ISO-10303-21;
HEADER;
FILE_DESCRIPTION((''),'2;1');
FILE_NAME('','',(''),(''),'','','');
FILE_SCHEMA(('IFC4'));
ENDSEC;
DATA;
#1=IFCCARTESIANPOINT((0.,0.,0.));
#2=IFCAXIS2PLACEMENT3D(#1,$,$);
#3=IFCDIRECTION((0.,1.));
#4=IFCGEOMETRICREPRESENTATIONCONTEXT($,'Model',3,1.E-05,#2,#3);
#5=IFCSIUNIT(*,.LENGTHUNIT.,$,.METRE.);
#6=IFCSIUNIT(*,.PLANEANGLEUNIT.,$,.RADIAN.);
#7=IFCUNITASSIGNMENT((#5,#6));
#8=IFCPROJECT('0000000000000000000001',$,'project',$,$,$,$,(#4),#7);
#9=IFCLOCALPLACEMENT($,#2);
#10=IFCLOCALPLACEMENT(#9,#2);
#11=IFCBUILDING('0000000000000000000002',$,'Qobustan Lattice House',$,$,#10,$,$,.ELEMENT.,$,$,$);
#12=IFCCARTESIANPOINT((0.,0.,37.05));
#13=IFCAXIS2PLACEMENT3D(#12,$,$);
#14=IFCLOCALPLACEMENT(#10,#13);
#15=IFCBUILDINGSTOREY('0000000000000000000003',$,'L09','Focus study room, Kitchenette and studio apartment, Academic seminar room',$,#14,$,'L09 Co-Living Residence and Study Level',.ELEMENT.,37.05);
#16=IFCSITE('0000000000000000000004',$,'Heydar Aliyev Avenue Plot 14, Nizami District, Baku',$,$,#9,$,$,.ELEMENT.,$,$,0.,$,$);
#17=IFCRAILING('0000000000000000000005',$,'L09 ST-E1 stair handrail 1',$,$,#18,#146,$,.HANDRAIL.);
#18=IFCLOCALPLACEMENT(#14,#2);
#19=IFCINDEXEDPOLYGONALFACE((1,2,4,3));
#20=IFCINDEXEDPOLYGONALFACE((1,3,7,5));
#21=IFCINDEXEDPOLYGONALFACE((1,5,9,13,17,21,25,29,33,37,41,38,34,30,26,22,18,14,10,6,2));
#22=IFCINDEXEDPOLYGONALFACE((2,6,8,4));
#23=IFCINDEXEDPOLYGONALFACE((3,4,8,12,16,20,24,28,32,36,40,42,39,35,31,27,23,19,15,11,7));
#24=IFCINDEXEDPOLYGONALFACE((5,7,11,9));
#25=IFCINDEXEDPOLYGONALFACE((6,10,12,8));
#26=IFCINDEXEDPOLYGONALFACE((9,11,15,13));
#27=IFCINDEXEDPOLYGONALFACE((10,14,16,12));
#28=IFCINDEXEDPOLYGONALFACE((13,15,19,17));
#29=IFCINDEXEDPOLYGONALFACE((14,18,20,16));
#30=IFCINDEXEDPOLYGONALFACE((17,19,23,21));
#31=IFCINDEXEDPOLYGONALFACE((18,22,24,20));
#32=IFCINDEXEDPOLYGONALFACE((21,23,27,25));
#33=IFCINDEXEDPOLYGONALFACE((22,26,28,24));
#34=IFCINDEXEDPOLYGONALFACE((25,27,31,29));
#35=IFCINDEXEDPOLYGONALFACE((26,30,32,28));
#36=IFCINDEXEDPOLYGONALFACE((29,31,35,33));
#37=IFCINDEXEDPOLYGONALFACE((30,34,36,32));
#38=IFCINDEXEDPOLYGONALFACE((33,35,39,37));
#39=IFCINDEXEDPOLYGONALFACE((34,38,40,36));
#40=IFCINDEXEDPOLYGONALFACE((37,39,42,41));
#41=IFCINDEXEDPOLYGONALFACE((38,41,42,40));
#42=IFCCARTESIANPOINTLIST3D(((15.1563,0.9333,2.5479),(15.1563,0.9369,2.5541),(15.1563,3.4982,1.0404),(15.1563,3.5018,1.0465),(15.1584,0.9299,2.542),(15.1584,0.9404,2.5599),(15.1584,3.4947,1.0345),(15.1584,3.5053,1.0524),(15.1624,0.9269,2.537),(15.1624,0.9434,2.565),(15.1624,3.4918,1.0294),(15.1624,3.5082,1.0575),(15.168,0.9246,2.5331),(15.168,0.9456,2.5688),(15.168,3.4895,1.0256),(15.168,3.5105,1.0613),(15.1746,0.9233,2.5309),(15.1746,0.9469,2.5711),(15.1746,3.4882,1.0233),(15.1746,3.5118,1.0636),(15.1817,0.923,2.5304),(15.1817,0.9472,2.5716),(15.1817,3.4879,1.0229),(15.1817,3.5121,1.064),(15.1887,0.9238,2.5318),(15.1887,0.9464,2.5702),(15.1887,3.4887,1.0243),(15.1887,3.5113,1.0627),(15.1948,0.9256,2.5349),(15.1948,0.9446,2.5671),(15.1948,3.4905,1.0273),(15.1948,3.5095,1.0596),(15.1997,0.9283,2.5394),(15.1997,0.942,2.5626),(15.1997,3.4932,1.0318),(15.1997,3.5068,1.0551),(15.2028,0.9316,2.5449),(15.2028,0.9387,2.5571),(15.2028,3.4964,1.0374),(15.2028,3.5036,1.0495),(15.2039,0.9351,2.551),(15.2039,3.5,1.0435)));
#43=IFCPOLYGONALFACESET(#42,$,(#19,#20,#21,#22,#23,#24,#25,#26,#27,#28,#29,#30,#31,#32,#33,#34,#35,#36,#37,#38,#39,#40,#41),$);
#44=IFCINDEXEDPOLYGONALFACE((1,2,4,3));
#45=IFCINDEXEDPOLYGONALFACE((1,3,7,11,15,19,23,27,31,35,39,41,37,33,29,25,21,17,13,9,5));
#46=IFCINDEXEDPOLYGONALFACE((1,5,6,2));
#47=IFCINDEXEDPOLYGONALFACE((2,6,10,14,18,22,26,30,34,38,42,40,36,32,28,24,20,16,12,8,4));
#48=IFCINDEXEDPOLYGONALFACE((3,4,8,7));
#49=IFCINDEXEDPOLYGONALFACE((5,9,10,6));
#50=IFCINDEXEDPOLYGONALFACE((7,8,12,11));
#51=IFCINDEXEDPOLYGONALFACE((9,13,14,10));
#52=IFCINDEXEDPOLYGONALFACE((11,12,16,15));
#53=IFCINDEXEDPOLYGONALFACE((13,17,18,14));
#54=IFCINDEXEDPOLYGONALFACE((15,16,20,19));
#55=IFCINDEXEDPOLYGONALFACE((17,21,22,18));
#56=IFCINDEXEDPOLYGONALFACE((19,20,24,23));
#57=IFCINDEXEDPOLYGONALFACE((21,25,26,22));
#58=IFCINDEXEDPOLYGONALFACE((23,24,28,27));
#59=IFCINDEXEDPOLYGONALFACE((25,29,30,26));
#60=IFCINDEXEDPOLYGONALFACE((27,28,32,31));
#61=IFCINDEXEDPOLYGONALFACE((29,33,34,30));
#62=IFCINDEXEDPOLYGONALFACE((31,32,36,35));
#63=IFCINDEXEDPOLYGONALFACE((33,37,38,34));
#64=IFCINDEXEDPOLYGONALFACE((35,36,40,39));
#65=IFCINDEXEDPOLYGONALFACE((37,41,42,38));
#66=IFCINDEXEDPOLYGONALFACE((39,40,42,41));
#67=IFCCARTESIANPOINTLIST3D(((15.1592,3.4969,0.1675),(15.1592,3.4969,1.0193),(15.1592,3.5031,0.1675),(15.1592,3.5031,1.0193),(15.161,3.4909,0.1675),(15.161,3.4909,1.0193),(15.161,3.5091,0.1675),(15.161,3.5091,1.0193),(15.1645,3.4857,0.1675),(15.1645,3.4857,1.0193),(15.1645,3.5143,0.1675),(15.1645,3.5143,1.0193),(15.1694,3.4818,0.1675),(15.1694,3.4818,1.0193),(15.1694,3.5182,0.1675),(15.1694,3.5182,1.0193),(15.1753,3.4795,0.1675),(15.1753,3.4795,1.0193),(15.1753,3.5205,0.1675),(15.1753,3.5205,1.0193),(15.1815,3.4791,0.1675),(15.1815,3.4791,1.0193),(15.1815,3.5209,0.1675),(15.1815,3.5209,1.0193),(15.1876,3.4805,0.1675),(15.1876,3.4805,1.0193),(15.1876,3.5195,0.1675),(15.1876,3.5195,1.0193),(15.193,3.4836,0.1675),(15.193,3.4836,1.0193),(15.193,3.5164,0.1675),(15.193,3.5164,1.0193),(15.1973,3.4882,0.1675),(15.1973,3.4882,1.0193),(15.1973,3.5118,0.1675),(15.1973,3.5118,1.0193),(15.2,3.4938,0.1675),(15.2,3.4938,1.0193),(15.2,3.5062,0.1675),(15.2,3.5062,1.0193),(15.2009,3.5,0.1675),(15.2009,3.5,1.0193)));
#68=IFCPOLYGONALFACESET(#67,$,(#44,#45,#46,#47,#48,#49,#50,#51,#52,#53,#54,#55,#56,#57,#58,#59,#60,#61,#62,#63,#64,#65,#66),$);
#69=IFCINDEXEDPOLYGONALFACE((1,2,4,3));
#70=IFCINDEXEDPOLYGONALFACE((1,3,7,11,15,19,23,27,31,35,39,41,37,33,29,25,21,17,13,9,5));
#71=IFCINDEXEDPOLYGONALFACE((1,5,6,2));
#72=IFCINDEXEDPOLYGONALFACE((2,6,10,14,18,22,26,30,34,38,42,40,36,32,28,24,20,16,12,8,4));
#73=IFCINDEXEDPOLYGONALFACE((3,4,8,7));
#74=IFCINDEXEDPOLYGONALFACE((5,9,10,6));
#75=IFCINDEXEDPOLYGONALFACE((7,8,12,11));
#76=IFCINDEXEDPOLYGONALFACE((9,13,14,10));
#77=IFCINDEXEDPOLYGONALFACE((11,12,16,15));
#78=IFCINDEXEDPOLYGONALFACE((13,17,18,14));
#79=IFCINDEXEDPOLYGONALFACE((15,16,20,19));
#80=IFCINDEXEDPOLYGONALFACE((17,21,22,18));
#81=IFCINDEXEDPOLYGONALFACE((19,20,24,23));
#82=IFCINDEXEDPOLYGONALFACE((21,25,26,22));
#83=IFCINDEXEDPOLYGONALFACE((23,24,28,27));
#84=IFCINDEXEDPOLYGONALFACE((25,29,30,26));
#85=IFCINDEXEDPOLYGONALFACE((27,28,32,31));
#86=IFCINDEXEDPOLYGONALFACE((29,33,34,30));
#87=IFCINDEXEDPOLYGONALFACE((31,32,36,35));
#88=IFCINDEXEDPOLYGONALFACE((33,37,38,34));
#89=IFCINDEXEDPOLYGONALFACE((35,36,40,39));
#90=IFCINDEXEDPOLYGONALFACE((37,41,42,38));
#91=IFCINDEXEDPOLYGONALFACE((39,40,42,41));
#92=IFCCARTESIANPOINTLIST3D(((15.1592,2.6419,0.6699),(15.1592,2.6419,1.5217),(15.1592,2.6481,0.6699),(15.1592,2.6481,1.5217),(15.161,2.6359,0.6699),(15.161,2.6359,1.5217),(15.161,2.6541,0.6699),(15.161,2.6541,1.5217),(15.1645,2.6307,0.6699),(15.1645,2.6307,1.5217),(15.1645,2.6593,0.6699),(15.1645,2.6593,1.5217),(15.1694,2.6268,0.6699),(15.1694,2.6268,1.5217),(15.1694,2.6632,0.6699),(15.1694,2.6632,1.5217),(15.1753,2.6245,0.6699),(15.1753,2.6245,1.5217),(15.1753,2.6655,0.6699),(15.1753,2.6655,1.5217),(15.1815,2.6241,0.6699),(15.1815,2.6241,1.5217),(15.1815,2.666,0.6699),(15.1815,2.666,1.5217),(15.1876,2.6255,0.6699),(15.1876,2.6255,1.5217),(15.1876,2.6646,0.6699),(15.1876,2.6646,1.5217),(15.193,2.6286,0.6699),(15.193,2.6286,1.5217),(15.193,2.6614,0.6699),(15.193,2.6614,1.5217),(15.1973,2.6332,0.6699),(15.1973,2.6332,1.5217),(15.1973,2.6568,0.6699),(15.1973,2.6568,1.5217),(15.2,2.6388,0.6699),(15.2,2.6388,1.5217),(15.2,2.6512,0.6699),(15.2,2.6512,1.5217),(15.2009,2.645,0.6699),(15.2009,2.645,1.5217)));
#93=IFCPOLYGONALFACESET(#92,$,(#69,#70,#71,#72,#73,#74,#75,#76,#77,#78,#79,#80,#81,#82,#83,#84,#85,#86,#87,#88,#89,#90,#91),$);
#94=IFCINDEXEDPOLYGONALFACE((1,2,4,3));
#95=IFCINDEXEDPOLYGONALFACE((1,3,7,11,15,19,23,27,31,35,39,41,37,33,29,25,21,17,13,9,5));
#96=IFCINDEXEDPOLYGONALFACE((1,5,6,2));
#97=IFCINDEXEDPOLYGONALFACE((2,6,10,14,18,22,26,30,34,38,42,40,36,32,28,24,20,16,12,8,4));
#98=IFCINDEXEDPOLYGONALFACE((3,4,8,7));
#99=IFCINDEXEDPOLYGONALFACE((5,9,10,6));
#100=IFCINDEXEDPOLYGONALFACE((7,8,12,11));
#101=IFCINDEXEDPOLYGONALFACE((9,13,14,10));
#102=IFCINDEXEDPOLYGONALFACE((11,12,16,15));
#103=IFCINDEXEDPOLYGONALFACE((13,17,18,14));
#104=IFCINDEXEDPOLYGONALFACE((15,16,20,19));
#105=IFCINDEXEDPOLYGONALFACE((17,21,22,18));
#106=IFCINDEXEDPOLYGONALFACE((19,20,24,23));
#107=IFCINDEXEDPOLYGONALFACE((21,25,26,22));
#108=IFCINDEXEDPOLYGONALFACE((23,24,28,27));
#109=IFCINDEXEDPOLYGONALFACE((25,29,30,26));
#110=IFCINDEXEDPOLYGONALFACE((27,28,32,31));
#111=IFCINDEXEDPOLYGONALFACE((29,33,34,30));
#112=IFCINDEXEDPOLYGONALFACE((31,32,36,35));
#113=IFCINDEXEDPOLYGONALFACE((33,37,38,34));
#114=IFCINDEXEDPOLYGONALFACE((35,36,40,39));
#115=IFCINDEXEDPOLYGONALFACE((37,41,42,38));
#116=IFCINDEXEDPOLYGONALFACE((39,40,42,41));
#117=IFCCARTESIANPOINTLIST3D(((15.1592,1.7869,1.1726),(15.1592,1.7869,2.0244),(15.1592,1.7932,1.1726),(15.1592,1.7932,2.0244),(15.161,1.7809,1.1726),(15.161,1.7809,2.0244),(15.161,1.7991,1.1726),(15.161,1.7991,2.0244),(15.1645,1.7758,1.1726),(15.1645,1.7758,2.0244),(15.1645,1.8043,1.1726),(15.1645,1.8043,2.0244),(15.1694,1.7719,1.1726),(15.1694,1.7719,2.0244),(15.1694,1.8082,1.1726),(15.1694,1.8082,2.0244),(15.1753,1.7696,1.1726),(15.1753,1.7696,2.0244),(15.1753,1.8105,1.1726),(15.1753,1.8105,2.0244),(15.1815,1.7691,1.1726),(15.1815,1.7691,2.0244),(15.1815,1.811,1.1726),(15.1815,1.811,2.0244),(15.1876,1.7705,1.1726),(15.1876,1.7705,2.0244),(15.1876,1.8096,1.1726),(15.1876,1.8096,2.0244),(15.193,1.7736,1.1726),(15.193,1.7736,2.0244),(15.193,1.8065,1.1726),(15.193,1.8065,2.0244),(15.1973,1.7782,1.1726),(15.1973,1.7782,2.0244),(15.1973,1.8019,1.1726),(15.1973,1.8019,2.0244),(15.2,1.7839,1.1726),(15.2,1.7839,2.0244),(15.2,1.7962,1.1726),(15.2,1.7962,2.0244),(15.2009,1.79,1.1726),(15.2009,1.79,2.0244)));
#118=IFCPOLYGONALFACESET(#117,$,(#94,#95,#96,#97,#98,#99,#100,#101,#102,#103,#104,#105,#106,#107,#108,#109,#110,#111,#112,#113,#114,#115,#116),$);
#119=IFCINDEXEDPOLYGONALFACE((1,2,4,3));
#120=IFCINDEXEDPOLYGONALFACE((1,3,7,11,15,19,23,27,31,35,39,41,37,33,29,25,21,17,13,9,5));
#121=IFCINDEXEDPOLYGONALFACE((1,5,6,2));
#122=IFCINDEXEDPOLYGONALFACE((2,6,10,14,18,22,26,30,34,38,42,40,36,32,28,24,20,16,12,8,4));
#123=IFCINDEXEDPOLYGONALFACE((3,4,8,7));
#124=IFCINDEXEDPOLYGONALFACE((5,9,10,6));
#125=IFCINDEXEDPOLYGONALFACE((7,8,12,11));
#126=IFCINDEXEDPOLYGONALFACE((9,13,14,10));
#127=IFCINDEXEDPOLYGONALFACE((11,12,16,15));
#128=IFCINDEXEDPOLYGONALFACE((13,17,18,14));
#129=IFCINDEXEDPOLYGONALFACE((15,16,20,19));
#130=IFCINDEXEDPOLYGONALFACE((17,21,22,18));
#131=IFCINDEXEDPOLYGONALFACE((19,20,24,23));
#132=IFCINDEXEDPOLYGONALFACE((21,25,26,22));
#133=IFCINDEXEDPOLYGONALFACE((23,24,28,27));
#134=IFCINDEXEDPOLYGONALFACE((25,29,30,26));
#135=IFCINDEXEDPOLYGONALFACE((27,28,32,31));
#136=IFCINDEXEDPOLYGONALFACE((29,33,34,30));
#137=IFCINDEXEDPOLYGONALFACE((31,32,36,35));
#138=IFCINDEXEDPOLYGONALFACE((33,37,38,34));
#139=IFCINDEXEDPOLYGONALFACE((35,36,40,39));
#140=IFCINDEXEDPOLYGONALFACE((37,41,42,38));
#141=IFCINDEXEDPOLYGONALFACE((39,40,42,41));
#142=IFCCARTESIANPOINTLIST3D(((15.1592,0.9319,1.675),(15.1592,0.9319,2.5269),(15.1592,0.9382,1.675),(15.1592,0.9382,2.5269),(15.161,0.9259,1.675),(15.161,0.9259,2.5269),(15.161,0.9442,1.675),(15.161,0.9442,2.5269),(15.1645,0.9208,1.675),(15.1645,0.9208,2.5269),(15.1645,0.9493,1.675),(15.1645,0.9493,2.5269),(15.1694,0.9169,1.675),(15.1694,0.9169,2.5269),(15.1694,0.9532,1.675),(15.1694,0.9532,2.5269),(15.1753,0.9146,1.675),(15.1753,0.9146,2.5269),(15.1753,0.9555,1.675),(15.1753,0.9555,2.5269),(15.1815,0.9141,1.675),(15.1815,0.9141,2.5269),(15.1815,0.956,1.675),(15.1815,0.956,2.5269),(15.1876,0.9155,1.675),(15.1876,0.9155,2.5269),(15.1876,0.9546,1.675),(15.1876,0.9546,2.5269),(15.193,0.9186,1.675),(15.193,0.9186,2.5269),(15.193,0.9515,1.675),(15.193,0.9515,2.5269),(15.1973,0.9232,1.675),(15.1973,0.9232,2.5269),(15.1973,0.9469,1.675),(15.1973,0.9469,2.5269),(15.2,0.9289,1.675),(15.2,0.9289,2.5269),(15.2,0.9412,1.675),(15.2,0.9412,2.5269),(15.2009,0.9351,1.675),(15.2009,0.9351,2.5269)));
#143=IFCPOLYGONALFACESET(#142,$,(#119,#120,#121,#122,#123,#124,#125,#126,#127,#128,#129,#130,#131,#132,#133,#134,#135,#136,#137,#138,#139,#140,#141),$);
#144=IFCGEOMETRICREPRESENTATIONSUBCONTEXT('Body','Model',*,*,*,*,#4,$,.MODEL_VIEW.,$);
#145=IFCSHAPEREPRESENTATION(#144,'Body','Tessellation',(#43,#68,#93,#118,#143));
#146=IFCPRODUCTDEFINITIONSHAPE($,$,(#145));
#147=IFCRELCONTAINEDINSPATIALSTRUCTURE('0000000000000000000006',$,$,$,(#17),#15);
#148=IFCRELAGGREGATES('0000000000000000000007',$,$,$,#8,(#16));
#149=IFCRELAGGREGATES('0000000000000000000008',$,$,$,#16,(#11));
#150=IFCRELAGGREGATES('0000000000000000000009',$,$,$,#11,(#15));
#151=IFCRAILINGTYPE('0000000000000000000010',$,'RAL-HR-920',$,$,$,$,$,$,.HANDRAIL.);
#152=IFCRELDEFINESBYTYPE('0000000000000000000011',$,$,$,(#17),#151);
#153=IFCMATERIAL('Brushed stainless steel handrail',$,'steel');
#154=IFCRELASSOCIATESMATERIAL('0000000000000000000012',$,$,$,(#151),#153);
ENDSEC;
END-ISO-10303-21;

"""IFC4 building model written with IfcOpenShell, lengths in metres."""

from ifc_helpers import new_model, si_unit, direction, frame, origin, origin_2d, place, context, subcontext, project, spatial, circle, extrude, material, type_object, element, save


model = new_model("IFC4")

# Units and contexts
model_context = context("Model", 3, precision=1e-05, world=origin(), true_north=direction((0.0, 1.0)))
body_context = subcontext(model_context, "Body", "Model", "MODEL_VIEW")
ifc_project = project(units=[si_unit("LENGTHUNIT", "METRE"), si_unit("PLANEANGLEUNIT", "RADIAN")], contexts=[model_context])

# Site, building, storey
site_placement = place(None, origin())
site = spatial("IfcSite", under=ifc_project, at=site_placement, Name="Heydar Aliyev Avenue Plot 14, Nizami District, Baku", CompositionType="ELEMENT", RefElevation=0.0)
building_placement = place(site_placement, origin())
building = spatial("IfcBuilding", under=site, at=building_placement, Name="Qobustan Lattice House", CompositionType="ELEMENT")
storey_placement = place(building_placement, frame((0.0, 0.0, 37.05)))
storey = spatial("IfcBuildingStorey", under=building, at=storey_placement, Name="L09", Description="Focus study room, Kitchenette and studio apartment, Academic seminar room", LongName="L09 Co-Living Residence and Study Level", CompositionType="ELEMENT", Elevation=37.05)

# Railing
ifc_material_1 = material(Name="Brushed stainless steel handrail", Category="steel")
railing_type_1 = type_object("IfcRailingType", Name="RAL-HR-920", PredefinedType="HANDRAIL", material=ifc_material_1)
railing_1_placement = place(storey_placement, frame((15.1799, 3.5, 0.1675)))
element("IfcRailing", 1, at=railing_1_placement, inside=storey, type_object=railing_type_1, Name="L09 ST-E1 stair handrail 1", PredefinedType="HANDRAIL", context=body_context, shape_type="SweptSolid", body=[
    extrude(circle(Radius=0.0239, at=origin_2d()), frame((0.0, 0.0, 0.876), z_axis=(0.0, -0.862113, 0.506715), x_axis=(1.0, 0.0, 0.0)), (0.0, 0.0, 1.0), 2.9751),
    extrude(circle(Radius=0.021, at=origin_2d()), origin(), (0.0, 0.0, 1.0), 0.8518),
    extrude(circle(Radius=0.021, at=origin_2d()), frame((0.0, -0.855, 0.5024)), (0.0, 0.0, 1.0), 0.8518),
    extrude(circle(Radius=0.021, at=origin_2d()), frame((0.0, -1.71, 1.0051)), (0.0, 0.0, 1.0), 0.8518),
    extrude(circle(Radius=0.021, at=origin_2d()), frame((0.0, -2.5649, 1.5076)), (0.0, 0.0, 1.0), 0.8518),
])

save(model, "model.ifc")
